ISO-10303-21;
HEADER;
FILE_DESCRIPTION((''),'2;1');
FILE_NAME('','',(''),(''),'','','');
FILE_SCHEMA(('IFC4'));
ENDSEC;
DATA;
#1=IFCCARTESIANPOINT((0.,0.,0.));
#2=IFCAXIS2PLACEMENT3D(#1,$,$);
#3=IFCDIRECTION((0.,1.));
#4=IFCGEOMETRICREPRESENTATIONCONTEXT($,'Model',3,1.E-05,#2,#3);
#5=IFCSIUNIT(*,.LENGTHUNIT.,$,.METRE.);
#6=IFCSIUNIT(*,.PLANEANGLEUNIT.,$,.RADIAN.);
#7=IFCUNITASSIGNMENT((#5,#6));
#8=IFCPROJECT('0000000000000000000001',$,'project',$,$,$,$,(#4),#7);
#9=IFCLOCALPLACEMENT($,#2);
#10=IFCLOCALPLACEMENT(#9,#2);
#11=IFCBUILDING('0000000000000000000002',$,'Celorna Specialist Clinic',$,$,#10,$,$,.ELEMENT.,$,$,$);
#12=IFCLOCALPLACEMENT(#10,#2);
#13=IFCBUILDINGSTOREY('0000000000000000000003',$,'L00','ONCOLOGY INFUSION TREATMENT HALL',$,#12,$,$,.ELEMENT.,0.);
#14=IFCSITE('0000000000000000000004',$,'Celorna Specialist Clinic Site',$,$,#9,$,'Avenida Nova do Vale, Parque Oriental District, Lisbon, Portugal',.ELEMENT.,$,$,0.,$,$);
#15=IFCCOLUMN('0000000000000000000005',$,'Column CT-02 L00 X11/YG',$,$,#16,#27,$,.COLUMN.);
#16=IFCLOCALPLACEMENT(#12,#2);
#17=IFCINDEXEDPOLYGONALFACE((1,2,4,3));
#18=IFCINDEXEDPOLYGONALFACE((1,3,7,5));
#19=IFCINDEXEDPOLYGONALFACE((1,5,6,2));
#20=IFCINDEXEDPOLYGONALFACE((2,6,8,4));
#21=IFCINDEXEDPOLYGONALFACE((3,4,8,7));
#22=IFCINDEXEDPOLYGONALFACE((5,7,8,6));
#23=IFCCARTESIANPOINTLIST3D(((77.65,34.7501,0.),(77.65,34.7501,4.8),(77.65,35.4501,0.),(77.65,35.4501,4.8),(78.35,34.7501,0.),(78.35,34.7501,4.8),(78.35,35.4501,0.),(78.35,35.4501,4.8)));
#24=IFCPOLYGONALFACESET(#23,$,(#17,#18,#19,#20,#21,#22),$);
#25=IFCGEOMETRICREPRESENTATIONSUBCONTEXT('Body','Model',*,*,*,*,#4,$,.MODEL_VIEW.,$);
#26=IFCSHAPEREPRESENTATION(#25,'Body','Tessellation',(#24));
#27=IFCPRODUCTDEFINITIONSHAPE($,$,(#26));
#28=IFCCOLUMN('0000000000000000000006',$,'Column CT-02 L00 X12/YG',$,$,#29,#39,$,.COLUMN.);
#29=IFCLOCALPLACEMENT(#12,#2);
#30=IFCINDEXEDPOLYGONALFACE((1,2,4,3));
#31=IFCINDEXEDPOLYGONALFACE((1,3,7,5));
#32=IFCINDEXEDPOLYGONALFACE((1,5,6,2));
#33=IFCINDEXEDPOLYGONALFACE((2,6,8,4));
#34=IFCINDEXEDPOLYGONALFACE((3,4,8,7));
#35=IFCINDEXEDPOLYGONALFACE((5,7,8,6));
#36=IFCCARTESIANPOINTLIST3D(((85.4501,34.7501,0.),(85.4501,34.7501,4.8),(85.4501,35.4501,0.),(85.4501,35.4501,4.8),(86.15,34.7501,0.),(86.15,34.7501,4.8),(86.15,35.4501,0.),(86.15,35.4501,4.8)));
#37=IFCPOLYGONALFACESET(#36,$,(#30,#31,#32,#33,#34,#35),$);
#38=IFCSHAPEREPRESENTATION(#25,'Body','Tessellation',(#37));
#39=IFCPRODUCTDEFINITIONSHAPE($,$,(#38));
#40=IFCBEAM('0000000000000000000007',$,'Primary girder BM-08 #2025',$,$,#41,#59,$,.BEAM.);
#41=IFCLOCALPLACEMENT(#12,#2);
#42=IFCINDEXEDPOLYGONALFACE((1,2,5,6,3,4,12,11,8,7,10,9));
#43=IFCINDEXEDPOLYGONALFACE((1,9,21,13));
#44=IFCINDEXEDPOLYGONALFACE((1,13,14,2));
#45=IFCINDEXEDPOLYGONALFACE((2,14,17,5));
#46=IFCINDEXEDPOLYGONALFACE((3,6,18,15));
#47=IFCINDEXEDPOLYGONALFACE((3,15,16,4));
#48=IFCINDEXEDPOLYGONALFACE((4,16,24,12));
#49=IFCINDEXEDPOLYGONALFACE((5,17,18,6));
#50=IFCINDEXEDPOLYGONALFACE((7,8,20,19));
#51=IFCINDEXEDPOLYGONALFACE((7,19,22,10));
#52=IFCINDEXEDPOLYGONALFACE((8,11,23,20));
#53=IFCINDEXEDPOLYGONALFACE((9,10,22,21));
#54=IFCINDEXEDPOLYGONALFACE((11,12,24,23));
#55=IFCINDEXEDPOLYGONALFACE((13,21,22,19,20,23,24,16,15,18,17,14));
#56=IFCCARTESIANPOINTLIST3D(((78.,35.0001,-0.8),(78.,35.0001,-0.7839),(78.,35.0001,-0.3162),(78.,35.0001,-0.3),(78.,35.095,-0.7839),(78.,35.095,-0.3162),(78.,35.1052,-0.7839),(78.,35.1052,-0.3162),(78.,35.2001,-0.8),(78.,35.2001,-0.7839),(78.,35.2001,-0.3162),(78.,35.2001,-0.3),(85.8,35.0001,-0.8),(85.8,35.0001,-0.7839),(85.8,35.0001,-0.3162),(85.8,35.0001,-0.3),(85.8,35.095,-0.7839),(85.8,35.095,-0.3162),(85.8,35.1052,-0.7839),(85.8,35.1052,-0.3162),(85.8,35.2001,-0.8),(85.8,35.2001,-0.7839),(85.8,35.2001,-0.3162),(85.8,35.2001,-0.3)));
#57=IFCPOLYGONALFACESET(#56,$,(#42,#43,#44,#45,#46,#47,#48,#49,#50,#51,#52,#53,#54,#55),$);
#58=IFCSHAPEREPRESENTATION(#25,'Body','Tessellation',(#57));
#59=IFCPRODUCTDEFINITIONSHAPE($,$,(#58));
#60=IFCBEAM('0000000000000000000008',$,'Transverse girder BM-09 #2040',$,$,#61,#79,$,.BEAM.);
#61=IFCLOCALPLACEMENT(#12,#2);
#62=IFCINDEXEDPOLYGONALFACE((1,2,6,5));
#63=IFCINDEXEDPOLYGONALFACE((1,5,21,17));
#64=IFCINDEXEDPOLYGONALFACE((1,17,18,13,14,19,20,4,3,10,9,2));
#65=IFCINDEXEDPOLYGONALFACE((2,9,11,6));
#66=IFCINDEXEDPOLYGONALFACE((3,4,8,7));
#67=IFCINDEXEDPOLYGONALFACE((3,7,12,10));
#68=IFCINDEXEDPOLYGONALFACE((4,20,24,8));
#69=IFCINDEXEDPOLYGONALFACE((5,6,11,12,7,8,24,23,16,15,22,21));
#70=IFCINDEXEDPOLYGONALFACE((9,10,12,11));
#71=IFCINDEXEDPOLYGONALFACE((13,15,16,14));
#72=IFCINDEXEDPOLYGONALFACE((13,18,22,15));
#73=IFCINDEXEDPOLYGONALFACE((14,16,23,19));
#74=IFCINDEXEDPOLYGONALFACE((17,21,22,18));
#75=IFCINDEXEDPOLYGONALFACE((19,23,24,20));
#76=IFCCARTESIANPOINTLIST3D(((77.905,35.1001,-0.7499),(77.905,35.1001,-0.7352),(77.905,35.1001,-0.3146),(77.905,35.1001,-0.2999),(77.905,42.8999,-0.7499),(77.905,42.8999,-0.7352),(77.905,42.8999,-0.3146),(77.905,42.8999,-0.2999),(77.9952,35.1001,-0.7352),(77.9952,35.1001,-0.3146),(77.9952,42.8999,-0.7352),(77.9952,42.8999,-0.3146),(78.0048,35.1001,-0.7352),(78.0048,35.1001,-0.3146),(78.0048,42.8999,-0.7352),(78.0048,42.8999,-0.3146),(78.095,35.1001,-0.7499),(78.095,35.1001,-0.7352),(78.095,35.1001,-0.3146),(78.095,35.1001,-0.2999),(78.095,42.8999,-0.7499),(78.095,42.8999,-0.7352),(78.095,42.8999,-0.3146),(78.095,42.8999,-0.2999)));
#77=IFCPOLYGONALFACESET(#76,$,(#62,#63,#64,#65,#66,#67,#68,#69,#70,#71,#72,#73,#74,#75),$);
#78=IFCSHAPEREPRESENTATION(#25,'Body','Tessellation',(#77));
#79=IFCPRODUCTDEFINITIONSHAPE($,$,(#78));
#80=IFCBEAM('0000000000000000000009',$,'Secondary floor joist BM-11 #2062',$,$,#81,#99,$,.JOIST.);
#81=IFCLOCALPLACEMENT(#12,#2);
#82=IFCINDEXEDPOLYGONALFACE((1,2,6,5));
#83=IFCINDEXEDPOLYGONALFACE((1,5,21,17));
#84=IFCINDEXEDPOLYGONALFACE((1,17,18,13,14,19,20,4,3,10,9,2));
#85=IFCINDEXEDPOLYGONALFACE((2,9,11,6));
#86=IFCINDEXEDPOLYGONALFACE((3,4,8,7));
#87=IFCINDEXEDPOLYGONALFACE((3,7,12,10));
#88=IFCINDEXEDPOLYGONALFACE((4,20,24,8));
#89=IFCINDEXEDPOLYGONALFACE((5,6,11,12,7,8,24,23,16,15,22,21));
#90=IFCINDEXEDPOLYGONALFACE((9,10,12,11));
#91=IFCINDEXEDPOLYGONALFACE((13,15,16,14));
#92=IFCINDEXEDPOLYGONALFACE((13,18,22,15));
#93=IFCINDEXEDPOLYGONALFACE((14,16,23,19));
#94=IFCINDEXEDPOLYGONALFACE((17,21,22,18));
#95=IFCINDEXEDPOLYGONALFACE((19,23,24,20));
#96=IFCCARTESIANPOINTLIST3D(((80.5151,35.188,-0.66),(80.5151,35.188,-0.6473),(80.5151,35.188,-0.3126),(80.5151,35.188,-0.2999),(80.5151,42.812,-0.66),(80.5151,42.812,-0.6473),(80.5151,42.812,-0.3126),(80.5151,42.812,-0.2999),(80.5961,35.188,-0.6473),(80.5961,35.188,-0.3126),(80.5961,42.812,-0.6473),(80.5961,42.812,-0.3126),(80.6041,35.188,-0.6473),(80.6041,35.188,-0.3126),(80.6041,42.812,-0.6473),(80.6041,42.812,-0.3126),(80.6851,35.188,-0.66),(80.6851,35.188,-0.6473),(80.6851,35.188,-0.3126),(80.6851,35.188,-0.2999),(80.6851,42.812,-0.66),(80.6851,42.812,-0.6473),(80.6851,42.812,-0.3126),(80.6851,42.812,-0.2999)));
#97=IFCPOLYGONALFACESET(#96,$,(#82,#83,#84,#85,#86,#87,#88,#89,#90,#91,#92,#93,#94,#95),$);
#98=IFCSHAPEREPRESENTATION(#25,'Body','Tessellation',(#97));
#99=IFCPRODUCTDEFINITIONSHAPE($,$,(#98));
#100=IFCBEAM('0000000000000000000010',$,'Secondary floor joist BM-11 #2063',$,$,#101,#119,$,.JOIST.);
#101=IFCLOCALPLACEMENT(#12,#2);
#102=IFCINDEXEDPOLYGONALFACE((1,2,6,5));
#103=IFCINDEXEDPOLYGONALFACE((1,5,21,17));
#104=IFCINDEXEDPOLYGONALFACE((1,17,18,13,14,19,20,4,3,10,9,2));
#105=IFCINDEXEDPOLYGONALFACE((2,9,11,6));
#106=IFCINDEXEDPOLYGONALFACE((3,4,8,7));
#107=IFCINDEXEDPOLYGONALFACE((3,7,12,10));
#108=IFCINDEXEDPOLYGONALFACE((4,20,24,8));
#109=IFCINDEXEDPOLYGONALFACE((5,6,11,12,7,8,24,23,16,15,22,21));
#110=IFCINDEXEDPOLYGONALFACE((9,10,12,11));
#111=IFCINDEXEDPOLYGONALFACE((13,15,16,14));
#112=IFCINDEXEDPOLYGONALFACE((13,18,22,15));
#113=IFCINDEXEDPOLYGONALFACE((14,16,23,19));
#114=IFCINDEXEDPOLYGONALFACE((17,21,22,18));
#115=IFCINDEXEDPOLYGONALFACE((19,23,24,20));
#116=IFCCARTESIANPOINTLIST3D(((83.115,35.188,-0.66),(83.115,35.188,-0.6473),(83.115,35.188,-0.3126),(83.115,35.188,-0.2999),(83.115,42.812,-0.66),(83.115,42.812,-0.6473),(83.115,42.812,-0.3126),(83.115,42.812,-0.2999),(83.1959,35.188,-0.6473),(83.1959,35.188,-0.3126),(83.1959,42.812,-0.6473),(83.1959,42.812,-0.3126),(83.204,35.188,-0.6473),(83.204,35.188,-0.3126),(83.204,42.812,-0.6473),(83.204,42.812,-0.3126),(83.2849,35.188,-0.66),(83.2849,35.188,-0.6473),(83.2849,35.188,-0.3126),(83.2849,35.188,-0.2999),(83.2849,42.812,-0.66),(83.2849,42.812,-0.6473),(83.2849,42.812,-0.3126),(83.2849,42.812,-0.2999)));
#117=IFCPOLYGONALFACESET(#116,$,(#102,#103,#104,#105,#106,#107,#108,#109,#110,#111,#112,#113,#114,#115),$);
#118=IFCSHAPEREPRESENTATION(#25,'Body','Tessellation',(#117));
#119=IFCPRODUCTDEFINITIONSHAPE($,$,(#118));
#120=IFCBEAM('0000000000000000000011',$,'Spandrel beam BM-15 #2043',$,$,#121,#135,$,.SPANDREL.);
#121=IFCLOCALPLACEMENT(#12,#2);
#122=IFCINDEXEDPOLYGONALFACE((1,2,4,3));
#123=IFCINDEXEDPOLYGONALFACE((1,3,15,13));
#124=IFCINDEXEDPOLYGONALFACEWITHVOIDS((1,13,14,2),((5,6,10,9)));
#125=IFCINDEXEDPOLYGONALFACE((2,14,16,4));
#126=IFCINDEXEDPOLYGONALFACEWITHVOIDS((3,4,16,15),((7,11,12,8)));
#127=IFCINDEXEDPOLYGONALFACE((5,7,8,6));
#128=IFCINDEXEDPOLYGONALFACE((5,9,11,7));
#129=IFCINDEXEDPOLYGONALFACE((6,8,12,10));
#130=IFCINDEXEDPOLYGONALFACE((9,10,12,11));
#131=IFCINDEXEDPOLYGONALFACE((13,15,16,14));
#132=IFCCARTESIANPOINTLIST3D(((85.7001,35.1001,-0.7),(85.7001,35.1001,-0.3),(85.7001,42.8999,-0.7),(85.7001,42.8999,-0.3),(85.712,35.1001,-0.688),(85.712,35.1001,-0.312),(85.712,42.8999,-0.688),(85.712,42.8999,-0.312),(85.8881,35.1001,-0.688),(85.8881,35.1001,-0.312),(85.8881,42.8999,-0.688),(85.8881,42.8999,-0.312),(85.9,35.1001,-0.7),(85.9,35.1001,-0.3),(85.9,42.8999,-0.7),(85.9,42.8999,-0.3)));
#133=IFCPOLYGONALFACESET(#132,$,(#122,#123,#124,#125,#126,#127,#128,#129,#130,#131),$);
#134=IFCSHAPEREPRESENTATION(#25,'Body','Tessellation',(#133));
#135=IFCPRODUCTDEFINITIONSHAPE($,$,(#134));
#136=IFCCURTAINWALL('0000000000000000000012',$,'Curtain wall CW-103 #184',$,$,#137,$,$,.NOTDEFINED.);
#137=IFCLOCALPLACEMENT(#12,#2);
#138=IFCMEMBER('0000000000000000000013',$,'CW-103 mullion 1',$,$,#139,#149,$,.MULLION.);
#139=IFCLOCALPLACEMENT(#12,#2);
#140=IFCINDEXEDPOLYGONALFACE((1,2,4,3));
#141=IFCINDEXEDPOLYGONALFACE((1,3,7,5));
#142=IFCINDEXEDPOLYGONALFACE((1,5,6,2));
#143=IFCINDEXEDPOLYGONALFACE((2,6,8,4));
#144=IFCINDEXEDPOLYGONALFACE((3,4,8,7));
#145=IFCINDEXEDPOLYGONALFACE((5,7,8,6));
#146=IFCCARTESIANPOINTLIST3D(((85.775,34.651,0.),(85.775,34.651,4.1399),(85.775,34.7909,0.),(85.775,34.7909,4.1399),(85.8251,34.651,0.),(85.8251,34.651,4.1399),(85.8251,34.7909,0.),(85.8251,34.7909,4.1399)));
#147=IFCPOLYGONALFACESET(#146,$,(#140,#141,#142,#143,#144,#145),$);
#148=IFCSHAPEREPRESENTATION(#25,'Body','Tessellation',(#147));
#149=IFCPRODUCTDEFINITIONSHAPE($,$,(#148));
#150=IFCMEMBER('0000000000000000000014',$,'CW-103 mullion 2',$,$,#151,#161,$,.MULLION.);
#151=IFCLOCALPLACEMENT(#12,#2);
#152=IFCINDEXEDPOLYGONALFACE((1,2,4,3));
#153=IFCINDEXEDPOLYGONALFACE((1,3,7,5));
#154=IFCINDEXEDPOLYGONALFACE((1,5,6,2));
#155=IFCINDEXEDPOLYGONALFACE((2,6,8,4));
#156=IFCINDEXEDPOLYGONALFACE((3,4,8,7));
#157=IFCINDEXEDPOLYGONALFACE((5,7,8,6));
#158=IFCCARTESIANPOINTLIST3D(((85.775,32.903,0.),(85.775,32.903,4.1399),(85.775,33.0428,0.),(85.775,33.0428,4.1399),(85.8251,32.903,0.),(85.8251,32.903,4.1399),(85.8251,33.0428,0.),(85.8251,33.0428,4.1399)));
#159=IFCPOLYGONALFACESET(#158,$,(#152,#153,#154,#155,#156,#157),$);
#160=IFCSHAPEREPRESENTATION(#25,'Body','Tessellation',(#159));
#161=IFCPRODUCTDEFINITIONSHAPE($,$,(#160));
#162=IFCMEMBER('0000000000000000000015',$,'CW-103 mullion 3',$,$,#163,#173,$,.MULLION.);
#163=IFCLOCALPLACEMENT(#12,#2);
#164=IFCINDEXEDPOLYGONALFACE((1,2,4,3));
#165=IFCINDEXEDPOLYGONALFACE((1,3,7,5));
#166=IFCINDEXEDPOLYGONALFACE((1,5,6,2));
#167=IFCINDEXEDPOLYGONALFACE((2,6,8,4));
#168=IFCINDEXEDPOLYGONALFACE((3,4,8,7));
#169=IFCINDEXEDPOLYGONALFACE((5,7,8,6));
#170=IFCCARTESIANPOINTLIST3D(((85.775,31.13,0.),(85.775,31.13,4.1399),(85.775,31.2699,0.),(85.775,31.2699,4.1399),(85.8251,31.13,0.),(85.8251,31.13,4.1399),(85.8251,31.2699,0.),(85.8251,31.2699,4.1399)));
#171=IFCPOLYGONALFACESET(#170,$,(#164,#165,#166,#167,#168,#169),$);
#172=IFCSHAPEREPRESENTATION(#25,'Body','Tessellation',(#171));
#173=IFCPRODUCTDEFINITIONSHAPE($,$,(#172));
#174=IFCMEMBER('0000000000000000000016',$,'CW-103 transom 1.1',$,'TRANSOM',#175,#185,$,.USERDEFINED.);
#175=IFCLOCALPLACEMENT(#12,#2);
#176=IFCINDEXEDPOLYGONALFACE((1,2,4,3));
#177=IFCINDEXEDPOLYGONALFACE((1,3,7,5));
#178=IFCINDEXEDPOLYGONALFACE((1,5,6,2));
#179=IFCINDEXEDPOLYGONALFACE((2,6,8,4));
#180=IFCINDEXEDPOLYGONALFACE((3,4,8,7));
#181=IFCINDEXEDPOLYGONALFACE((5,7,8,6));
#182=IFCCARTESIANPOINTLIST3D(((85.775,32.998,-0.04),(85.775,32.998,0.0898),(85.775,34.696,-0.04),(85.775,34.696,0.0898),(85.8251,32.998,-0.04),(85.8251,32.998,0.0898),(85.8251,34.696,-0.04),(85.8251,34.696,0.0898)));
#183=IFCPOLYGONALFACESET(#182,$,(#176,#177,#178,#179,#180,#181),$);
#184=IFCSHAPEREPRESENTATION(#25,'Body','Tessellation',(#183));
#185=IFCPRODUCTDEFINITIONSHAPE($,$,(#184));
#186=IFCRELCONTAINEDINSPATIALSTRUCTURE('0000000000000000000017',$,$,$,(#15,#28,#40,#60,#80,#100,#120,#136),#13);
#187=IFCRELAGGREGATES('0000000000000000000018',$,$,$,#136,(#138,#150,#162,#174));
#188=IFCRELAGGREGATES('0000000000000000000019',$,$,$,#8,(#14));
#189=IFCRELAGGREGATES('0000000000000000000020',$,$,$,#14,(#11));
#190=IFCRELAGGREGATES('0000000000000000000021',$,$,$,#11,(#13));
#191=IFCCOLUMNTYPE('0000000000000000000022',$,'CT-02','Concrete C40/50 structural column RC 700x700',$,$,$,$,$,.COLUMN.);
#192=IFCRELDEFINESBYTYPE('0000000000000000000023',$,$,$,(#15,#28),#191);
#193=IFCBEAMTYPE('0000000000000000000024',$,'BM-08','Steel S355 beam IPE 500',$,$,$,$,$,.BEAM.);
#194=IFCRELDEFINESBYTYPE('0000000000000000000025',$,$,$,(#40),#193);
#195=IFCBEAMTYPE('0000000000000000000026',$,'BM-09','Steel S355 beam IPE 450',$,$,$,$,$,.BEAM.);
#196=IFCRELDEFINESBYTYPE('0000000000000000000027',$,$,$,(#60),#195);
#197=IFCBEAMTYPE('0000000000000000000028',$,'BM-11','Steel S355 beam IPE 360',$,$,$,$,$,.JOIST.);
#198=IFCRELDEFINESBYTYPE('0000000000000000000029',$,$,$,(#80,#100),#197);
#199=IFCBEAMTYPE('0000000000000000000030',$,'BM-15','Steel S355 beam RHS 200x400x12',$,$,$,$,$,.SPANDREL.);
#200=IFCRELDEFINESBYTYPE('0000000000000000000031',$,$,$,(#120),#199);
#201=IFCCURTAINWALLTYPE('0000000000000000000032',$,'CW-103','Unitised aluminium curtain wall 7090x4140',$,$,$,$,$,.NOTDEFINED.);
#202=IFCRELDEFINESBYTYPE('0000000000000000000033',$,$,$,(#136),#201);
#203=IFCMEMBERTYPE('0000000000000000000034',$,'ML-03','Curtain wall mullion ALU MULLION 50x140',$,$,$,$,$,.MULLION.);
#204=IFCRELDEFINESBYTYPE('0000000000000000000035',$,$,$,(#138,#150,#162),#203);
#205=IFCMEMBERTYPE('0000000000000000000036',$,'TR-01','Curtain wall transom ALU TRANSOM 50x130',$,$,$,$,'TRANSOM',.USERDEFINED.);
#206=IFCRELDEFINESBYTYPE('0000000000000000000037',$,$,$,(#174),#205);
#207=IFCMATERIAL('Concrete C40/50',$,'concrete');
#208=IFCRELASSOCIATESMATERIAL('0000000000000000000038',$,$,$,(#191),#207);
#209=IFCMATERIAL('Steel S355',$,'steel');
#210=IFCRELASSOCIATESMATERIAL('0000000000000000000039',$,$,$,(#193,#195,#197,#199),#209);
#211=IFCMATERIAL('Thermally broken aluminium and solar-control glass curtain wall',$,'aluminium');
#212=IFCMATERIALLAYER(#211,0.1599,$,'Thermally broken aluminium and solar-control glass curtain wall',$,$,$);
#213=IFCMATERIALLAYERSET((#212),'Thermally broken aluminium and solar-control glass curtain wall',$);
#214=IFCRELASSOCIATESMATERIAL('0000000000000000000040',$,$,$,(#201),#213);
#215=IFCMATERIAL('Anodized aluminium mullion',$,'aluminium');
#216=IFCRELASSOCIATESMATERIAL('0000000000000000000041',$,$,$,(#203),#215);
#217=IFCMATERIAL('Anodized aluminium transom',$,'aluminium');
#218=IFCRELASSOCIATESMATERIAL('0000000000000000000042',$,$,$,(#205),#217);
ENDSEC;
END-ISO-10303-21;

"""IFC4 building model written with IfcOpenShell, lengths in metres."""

from ifc_helpers import new_model, si_unit, direction, frame, origin, origin_2d, place, context, subcontext, project, spatial, rectangle, hollow_rectangle, i_section, extrude, material, layer, layer_set, material_profile, profile_set, type_object, element, aggregate, save


model = new_model("IFC4")

# Units and contexts
model_context = context("Model", 3, precision=1e-05, world=origin(), true_north=direction((0.0, 1.0)))
body_context = subcontext(model_context, "Body", "Model", "MODEL_VIEW")
ifc_project = project(units=[si_unit("LENGTHUNIT", "METRE"), si_unit("PLANEANGLEUNIT", "RADIAN")], contexts=[model_context])

# Site, building, storey
site_placement = place(None, origin())
site = spatial("IfcSite", under=ifc_project, at=site_placement, Name="Celorna Specialist Clinic Site", LongName="Avenida Nova do Vale, Parque Oriental District, Lisbon, Portugal", CompositionType="ELEMENT", RefElevation=0.0)
building_placement = place(site_placement, origin())
building = spatial("IfcBuilding", under=site, at=building_placement, Name="Celorna Specialist Clinic", CompositionType="ELEMENT")
storey_placement = place(building_placement, origin())
storey = spatial("IfcBuildingStorey", under=building, at=storey_placement, Name="L00", Description="ONCOLOGY INFUSION TREATMENT HALL", CompositionType="ELEMENT", Elevation=0.0)

# Columns
ifc_material_1 = material(Name="Concrete C40/50", Category="concrete")
ifc_material_profile_1 = material_profile(ifc_material_1, rectangle(XDim=0.7, YDim=0.7, at=origin_2d()), Name="RC 700x700")
ifc_profile_set_1 = profile_set([ifc_material_profile_1], Name="Concrete C40/50")
column_type = type_object("IfcColumnType", Name="CT-02", Description="Concrete C40/50 structural column RC 700x700", PredefinedType="COLUMN", material=ifc_profile_set_1)
for number, where, z_axis, x_axis, name in (
    (1, (78.0, 35.1001, 0.0), (0.0, 0.0, 1.0), (1.0, 0.0, 0.0), "Column CT-02 L00 X11/YG"),
    (2, (85.8, 35.1001, 0.0), (0.0, 0.0, 1.0), (1.0, 0.0, 0.0), "Column CT-02 L00 X12/YG"),
):
    element("IfcColumn", number, at=place(storey_placement, frame(where, z_axis=z_axis, x_axis=x_axis)), inside=storey, type_object=column_type, Name=name, PredefinedType="COLUMN", context=body_context, shape_type="SweptSolid", body=[
        extrude(rectangle(XDim=0.7, YDim=0.7, at=origin_2d()), origin(), (0.0, 0.0, 1.0), 4.8),
    ])

# Beams
ifc_material_2 = material(Name="Steel S355", Category="steel")
ifc_material_profile_2 = material_profile(ifc_material_2, i_section(OverallWidth=0.2, OverallDepth=0.5, WebThickness=0.0103, FlangeThickness=0.0161, at=origin_2d()), Name="IPE 500")
ifc_profile_set_2 = profile_set([ifc_material_profile_2], Name="Steel S355")
beam_type_1 = type_object("IfcBeamType", Name="BM-08", Description="Steel S355 beam IPE 500", PredefinedType="BEAM", material=ifc_profile_set_2)
beam_1_placement = place(storey_placement, frame((78.0, 35.1001, -0.55), z_axis=(1.0, 0.0, 0.0), x_axis=(0.0, 1.0, 0.0)))
element("IfcBeam", 3, at=beam_1_placement, inside=storey, type_object=beam_type_1, Name="Primary girder BM-08 #2025", PredefinedType="BEAM", context=body_context, shape_type="SweptSolid", body=[
    extrude(i_section(OverallWidth=0.2, OverallDepth=0.5, WebThickness=0.0103, FlangeThickness=0.0161, at=origin_2d()), origin(), (0.0, 0.0, 1.0), 7.8),
])
ifc_material_profile_3 = material_profile(ifc_material_2, i_section(OverallWidth=0.1899, OverallDepth=0.45, WebThickness=0.0095, FlangeThickness=0.0146, at=origin_2d()), Name="IPE 450")
ifc_profile_set_3 = profile_set([ifc_material_profile_3], Name="Steel S355")
beam_type_2 = type_object("IfcBeamType", Name="BM-09", Description="Steel S355 beam IPE 450", PredefinedType="BEAM", material=ifc_profile_set_3)
beam_2_placement = place(storey_placement, frame((78.0, 35.1001, -0.5249), z_axis=(0.0, 1.0, 0.0), x_axis=(-1.0, 0.0, 0.0)))
element("IfcBeam", 4, at=beam_2_placement, inside=storey, type_object=beam_type_2, Name="Transverse girder BM-09 #2040", PredefinedType="BEAM", context=body_context, shape_type="SweptSolid", body=[
    extrude(i_section(OverallWidth=0.1899, OverallDepth=0.45, WebThickness=0.0095, FlangeThickness=0.0146, at=origin_2d()), origin(), (0.0, 0.0, 1.0), 7.7998),
])
ifc_material_profile_4 = material_profile(ifc_material_2, i_section(OverallWidth=0.1699, OverallDepth=0.3601, WebThickness=0.0081, FlangeThickness=0.0127, at=origin_2d()), Name="IPE 360")
ifc_profile_set_4 = profile_set([ifc_material_profile_4], Name="Steel S355")
beam_type_3 = type_object("IfcBeamType", Name="BM-11", Description="Steel S355 beam IPE 360", PredefinedType="JOIST", material=ifc_profile_set_4)
for number, where, z_axis, x_axis, name in (
    (5, (80.6001, 35.188, -0.48), (0.0, 1.0, 0.0), (-1.0, 0.0, 0.0), "Secondary floor joist BM-11 #2062"),
    (6, (83.2, 35.188, -0.48), (0.0, 1.0, 0.0), (-1.0, 0.0, 0.0), "Secondary floor joist BM-11 #2063"),
):
    element("IfcBeam", number, at=place(storey_placement, frame(where, z_axis=z_axis, x_axis=x_axis)), inside=storey, type_object=beam_type_3, Name=name, PredefinedType="JOIST", context=body_context, shape_type="SweptSolid", body=[
        extrude(i_section(OverallWidth=0.1699, OverallDepth=0.3601, WebThickness=0.0081, FlangeThickness=0.0127, at=origin_2d()), origin(), (0.0, 0.0, 1.0), 7.624),
    ])
ifc_material_profile_5 = material_profile(ifc_material_2, hollow_rectangle(XDim=0.2, YDim=0.3999, WallThickness=0.012, at=origin_2d()), Name="RHS 200x400x12")
ifc_profile_set_5 = profile_set([ifc_material_profile_5], Name="Steel S355")
beam_type_4 = type_object("IfcBeamType", Name="BM-15", Description="Steel S355 beam RHS 200x400x12", PredefinedType="SPANDREL", material=ifc_profile_set_5)
beam_3_placement = place(storey_placement, frame((85.8, 35.1001, -0.5), z_axis=(0.0, 1.0, 0.0), x_axis=(-1.0, 0.0, 0.0)))
element("IfcBeam", 7, at=beam_3_placement, inside=storey, type_object=beam_type_4, Name="Spandrel beam BM-15 #2043", PredefinedType="SPANDREL", context=body_context, shape_type="SweptSolid", body=[
    extrude(hollow_rectangle(XDim=0.2, YDim=0.3999, WallThickness=0.012, at=origin_2d()), origin(), (0.0, 0.0, 1.0), 7.7998),
])

# Curtain wall, members
ifc_material_3 = material(Name="Thermally broken aluminium and solar-control glass curtain wall", Category="aluminium")
ifc_layer_1 = layer(ifc_material_3, 0.1599, Name="Thermally broken aluminium and solar-control glass curtain wall")
ifc_layer_set_1 = layer_set([ifc_layer_1], Name="Thermally broken aluminium and solar-control glass curtain wall")
curtain_wall_type = type_object("IfcCurtainWallType", Name="CW-103", Description="Unitised aluminium curtain wall 7090x4140", PredefinedType="NOTDEFINED", material=ifc_layer_set_1)
curtain_wall_placement = place(storey_placement, origin())
curtain_wall = element("IfcCurtainWall", 8, at=curtain_wall_placement, inside=storey, type_object=curtain_wall_type, Name="Curtain wall CW-103 #184", PredefinedType="NOTDEFINED")
ifc_material_4 = material(Name="Anodized aluminium mullion", Category="aluminium")
ifc_material_profile_6 = material_profile(ifc_material_4, rectangle(XDim=0.05, YDim=0.1399, at=origin_2d()), Name="ALU MULLION 50x140")
ifc_profile_set_6 = profile_set([ifc_material_profile_6], Name="Anodized aluminium mullion")
member_type_1 = type_object("IfcMemberType", Name="ML-03", Description="Curtain wall mullion ALU MULLION 50x140", PredefinedType="MULLION", material=ifc_profile_set_6)
member_1_placement = place(storey_placement, frame((85.8, 34.7209, 0.0), z_axis=(0.0, 0.0, 1.0), x_axis=(1.0, 0.0, 0.0)))
member_1 = element("IfcMember", 9, at=member_1_placement, type_object=member_type_1, Name="CW-103 mullion 1", PredefinedType="MULLION", context=body_context, shape_type="SweptSolid", body=[
    extrude(rectangle(XDim=0.05, YDim=0.1399, at=origin_2d()), origin(), (0.0, 0.0, 1.0), 4.1399),
])
member_2_placement = place(storey_placement, frame((85.8, 32.9729, 0.0), z_axis=(0.0, 0.0, 1.0), x_axis=(1.0, 0.0, 0.0)))
member_2 = element("IfcMember", 10, at=member_2_placement, type_object=member_type_1, Name="CW-103 mullion 2", PredefinedType="MULLION", context=body_context, shape_type="SweptSolid", body=[
    extrude(rectangle(XDim=0.05, YDim=0.1399, at=origin_2d()), origin(), (0.0, 0.0, 1.0), 4.1399),
])
member_3_placement = place(storey_placement, frame((85.8, 31.2, 0.0), z_axis=(0.0, 0.0, 1.0), x_axis=(1.0, 0.0, 0.0)))
member_3 = element("IfcMember", 11, at=member_3_placement, type_object=member_type_1, Name="CW-103 mullion 3", PredefinedType="MULLION", context=body_context, shape_type="SweptSolid", body=[
    extrude(rectangle(XDim=0.05, YDim=0.1399, at=origin_2d()), origin(), (0.0, 0.0, 1.0), 4.1399),
])
ifc_material_5 = material(Name="Anodized aluminium transom", Category="aluminium")
ifc_material_profile_7 = material_profile(ifc_material_5, rectangle(XDim=0.05, YDim=0.1299, at=origin_2d()), Name="ALU TRANSOM 50x130")
ifc_profile_set_7 = profile_set([ifc_material_profile_7], Name="Anodized aluminium transom")
member_type_2 = type_object("IfcMemberType", Name="TR-01", Description="Curtain wall transom ALU TRANSOM 50x130", ElementType="TRANSOM", PredefinedType="USERDEFINED", material=ifc_profile_set_7)
member_4_placement = place(storey_placement, frame((85.8, 34.696, 0.0249), z_axis=(0.0, -1.0, 0.0), x_axis=(1.0, 0.0, 0.0)))
member_4 = element("IfcMember", 12, at=member_4_placement, type_object=member_type_2, Name="CW-103 transom 1.1", ObjectType="TRANSOM", PredefinedType="USERDEFINED", context=body_context, shape_type="SweptSolid", body=[
    extrude(rectangle(XDim=0.05, YDim=0.1299, at=origin_2d()), origin(), (0.0, 0.0, 1.0), 1.698),
])
aggregate(curtain_wall, [member_1, member_2, member_3, member_4])

save(model, "model.ifc")
